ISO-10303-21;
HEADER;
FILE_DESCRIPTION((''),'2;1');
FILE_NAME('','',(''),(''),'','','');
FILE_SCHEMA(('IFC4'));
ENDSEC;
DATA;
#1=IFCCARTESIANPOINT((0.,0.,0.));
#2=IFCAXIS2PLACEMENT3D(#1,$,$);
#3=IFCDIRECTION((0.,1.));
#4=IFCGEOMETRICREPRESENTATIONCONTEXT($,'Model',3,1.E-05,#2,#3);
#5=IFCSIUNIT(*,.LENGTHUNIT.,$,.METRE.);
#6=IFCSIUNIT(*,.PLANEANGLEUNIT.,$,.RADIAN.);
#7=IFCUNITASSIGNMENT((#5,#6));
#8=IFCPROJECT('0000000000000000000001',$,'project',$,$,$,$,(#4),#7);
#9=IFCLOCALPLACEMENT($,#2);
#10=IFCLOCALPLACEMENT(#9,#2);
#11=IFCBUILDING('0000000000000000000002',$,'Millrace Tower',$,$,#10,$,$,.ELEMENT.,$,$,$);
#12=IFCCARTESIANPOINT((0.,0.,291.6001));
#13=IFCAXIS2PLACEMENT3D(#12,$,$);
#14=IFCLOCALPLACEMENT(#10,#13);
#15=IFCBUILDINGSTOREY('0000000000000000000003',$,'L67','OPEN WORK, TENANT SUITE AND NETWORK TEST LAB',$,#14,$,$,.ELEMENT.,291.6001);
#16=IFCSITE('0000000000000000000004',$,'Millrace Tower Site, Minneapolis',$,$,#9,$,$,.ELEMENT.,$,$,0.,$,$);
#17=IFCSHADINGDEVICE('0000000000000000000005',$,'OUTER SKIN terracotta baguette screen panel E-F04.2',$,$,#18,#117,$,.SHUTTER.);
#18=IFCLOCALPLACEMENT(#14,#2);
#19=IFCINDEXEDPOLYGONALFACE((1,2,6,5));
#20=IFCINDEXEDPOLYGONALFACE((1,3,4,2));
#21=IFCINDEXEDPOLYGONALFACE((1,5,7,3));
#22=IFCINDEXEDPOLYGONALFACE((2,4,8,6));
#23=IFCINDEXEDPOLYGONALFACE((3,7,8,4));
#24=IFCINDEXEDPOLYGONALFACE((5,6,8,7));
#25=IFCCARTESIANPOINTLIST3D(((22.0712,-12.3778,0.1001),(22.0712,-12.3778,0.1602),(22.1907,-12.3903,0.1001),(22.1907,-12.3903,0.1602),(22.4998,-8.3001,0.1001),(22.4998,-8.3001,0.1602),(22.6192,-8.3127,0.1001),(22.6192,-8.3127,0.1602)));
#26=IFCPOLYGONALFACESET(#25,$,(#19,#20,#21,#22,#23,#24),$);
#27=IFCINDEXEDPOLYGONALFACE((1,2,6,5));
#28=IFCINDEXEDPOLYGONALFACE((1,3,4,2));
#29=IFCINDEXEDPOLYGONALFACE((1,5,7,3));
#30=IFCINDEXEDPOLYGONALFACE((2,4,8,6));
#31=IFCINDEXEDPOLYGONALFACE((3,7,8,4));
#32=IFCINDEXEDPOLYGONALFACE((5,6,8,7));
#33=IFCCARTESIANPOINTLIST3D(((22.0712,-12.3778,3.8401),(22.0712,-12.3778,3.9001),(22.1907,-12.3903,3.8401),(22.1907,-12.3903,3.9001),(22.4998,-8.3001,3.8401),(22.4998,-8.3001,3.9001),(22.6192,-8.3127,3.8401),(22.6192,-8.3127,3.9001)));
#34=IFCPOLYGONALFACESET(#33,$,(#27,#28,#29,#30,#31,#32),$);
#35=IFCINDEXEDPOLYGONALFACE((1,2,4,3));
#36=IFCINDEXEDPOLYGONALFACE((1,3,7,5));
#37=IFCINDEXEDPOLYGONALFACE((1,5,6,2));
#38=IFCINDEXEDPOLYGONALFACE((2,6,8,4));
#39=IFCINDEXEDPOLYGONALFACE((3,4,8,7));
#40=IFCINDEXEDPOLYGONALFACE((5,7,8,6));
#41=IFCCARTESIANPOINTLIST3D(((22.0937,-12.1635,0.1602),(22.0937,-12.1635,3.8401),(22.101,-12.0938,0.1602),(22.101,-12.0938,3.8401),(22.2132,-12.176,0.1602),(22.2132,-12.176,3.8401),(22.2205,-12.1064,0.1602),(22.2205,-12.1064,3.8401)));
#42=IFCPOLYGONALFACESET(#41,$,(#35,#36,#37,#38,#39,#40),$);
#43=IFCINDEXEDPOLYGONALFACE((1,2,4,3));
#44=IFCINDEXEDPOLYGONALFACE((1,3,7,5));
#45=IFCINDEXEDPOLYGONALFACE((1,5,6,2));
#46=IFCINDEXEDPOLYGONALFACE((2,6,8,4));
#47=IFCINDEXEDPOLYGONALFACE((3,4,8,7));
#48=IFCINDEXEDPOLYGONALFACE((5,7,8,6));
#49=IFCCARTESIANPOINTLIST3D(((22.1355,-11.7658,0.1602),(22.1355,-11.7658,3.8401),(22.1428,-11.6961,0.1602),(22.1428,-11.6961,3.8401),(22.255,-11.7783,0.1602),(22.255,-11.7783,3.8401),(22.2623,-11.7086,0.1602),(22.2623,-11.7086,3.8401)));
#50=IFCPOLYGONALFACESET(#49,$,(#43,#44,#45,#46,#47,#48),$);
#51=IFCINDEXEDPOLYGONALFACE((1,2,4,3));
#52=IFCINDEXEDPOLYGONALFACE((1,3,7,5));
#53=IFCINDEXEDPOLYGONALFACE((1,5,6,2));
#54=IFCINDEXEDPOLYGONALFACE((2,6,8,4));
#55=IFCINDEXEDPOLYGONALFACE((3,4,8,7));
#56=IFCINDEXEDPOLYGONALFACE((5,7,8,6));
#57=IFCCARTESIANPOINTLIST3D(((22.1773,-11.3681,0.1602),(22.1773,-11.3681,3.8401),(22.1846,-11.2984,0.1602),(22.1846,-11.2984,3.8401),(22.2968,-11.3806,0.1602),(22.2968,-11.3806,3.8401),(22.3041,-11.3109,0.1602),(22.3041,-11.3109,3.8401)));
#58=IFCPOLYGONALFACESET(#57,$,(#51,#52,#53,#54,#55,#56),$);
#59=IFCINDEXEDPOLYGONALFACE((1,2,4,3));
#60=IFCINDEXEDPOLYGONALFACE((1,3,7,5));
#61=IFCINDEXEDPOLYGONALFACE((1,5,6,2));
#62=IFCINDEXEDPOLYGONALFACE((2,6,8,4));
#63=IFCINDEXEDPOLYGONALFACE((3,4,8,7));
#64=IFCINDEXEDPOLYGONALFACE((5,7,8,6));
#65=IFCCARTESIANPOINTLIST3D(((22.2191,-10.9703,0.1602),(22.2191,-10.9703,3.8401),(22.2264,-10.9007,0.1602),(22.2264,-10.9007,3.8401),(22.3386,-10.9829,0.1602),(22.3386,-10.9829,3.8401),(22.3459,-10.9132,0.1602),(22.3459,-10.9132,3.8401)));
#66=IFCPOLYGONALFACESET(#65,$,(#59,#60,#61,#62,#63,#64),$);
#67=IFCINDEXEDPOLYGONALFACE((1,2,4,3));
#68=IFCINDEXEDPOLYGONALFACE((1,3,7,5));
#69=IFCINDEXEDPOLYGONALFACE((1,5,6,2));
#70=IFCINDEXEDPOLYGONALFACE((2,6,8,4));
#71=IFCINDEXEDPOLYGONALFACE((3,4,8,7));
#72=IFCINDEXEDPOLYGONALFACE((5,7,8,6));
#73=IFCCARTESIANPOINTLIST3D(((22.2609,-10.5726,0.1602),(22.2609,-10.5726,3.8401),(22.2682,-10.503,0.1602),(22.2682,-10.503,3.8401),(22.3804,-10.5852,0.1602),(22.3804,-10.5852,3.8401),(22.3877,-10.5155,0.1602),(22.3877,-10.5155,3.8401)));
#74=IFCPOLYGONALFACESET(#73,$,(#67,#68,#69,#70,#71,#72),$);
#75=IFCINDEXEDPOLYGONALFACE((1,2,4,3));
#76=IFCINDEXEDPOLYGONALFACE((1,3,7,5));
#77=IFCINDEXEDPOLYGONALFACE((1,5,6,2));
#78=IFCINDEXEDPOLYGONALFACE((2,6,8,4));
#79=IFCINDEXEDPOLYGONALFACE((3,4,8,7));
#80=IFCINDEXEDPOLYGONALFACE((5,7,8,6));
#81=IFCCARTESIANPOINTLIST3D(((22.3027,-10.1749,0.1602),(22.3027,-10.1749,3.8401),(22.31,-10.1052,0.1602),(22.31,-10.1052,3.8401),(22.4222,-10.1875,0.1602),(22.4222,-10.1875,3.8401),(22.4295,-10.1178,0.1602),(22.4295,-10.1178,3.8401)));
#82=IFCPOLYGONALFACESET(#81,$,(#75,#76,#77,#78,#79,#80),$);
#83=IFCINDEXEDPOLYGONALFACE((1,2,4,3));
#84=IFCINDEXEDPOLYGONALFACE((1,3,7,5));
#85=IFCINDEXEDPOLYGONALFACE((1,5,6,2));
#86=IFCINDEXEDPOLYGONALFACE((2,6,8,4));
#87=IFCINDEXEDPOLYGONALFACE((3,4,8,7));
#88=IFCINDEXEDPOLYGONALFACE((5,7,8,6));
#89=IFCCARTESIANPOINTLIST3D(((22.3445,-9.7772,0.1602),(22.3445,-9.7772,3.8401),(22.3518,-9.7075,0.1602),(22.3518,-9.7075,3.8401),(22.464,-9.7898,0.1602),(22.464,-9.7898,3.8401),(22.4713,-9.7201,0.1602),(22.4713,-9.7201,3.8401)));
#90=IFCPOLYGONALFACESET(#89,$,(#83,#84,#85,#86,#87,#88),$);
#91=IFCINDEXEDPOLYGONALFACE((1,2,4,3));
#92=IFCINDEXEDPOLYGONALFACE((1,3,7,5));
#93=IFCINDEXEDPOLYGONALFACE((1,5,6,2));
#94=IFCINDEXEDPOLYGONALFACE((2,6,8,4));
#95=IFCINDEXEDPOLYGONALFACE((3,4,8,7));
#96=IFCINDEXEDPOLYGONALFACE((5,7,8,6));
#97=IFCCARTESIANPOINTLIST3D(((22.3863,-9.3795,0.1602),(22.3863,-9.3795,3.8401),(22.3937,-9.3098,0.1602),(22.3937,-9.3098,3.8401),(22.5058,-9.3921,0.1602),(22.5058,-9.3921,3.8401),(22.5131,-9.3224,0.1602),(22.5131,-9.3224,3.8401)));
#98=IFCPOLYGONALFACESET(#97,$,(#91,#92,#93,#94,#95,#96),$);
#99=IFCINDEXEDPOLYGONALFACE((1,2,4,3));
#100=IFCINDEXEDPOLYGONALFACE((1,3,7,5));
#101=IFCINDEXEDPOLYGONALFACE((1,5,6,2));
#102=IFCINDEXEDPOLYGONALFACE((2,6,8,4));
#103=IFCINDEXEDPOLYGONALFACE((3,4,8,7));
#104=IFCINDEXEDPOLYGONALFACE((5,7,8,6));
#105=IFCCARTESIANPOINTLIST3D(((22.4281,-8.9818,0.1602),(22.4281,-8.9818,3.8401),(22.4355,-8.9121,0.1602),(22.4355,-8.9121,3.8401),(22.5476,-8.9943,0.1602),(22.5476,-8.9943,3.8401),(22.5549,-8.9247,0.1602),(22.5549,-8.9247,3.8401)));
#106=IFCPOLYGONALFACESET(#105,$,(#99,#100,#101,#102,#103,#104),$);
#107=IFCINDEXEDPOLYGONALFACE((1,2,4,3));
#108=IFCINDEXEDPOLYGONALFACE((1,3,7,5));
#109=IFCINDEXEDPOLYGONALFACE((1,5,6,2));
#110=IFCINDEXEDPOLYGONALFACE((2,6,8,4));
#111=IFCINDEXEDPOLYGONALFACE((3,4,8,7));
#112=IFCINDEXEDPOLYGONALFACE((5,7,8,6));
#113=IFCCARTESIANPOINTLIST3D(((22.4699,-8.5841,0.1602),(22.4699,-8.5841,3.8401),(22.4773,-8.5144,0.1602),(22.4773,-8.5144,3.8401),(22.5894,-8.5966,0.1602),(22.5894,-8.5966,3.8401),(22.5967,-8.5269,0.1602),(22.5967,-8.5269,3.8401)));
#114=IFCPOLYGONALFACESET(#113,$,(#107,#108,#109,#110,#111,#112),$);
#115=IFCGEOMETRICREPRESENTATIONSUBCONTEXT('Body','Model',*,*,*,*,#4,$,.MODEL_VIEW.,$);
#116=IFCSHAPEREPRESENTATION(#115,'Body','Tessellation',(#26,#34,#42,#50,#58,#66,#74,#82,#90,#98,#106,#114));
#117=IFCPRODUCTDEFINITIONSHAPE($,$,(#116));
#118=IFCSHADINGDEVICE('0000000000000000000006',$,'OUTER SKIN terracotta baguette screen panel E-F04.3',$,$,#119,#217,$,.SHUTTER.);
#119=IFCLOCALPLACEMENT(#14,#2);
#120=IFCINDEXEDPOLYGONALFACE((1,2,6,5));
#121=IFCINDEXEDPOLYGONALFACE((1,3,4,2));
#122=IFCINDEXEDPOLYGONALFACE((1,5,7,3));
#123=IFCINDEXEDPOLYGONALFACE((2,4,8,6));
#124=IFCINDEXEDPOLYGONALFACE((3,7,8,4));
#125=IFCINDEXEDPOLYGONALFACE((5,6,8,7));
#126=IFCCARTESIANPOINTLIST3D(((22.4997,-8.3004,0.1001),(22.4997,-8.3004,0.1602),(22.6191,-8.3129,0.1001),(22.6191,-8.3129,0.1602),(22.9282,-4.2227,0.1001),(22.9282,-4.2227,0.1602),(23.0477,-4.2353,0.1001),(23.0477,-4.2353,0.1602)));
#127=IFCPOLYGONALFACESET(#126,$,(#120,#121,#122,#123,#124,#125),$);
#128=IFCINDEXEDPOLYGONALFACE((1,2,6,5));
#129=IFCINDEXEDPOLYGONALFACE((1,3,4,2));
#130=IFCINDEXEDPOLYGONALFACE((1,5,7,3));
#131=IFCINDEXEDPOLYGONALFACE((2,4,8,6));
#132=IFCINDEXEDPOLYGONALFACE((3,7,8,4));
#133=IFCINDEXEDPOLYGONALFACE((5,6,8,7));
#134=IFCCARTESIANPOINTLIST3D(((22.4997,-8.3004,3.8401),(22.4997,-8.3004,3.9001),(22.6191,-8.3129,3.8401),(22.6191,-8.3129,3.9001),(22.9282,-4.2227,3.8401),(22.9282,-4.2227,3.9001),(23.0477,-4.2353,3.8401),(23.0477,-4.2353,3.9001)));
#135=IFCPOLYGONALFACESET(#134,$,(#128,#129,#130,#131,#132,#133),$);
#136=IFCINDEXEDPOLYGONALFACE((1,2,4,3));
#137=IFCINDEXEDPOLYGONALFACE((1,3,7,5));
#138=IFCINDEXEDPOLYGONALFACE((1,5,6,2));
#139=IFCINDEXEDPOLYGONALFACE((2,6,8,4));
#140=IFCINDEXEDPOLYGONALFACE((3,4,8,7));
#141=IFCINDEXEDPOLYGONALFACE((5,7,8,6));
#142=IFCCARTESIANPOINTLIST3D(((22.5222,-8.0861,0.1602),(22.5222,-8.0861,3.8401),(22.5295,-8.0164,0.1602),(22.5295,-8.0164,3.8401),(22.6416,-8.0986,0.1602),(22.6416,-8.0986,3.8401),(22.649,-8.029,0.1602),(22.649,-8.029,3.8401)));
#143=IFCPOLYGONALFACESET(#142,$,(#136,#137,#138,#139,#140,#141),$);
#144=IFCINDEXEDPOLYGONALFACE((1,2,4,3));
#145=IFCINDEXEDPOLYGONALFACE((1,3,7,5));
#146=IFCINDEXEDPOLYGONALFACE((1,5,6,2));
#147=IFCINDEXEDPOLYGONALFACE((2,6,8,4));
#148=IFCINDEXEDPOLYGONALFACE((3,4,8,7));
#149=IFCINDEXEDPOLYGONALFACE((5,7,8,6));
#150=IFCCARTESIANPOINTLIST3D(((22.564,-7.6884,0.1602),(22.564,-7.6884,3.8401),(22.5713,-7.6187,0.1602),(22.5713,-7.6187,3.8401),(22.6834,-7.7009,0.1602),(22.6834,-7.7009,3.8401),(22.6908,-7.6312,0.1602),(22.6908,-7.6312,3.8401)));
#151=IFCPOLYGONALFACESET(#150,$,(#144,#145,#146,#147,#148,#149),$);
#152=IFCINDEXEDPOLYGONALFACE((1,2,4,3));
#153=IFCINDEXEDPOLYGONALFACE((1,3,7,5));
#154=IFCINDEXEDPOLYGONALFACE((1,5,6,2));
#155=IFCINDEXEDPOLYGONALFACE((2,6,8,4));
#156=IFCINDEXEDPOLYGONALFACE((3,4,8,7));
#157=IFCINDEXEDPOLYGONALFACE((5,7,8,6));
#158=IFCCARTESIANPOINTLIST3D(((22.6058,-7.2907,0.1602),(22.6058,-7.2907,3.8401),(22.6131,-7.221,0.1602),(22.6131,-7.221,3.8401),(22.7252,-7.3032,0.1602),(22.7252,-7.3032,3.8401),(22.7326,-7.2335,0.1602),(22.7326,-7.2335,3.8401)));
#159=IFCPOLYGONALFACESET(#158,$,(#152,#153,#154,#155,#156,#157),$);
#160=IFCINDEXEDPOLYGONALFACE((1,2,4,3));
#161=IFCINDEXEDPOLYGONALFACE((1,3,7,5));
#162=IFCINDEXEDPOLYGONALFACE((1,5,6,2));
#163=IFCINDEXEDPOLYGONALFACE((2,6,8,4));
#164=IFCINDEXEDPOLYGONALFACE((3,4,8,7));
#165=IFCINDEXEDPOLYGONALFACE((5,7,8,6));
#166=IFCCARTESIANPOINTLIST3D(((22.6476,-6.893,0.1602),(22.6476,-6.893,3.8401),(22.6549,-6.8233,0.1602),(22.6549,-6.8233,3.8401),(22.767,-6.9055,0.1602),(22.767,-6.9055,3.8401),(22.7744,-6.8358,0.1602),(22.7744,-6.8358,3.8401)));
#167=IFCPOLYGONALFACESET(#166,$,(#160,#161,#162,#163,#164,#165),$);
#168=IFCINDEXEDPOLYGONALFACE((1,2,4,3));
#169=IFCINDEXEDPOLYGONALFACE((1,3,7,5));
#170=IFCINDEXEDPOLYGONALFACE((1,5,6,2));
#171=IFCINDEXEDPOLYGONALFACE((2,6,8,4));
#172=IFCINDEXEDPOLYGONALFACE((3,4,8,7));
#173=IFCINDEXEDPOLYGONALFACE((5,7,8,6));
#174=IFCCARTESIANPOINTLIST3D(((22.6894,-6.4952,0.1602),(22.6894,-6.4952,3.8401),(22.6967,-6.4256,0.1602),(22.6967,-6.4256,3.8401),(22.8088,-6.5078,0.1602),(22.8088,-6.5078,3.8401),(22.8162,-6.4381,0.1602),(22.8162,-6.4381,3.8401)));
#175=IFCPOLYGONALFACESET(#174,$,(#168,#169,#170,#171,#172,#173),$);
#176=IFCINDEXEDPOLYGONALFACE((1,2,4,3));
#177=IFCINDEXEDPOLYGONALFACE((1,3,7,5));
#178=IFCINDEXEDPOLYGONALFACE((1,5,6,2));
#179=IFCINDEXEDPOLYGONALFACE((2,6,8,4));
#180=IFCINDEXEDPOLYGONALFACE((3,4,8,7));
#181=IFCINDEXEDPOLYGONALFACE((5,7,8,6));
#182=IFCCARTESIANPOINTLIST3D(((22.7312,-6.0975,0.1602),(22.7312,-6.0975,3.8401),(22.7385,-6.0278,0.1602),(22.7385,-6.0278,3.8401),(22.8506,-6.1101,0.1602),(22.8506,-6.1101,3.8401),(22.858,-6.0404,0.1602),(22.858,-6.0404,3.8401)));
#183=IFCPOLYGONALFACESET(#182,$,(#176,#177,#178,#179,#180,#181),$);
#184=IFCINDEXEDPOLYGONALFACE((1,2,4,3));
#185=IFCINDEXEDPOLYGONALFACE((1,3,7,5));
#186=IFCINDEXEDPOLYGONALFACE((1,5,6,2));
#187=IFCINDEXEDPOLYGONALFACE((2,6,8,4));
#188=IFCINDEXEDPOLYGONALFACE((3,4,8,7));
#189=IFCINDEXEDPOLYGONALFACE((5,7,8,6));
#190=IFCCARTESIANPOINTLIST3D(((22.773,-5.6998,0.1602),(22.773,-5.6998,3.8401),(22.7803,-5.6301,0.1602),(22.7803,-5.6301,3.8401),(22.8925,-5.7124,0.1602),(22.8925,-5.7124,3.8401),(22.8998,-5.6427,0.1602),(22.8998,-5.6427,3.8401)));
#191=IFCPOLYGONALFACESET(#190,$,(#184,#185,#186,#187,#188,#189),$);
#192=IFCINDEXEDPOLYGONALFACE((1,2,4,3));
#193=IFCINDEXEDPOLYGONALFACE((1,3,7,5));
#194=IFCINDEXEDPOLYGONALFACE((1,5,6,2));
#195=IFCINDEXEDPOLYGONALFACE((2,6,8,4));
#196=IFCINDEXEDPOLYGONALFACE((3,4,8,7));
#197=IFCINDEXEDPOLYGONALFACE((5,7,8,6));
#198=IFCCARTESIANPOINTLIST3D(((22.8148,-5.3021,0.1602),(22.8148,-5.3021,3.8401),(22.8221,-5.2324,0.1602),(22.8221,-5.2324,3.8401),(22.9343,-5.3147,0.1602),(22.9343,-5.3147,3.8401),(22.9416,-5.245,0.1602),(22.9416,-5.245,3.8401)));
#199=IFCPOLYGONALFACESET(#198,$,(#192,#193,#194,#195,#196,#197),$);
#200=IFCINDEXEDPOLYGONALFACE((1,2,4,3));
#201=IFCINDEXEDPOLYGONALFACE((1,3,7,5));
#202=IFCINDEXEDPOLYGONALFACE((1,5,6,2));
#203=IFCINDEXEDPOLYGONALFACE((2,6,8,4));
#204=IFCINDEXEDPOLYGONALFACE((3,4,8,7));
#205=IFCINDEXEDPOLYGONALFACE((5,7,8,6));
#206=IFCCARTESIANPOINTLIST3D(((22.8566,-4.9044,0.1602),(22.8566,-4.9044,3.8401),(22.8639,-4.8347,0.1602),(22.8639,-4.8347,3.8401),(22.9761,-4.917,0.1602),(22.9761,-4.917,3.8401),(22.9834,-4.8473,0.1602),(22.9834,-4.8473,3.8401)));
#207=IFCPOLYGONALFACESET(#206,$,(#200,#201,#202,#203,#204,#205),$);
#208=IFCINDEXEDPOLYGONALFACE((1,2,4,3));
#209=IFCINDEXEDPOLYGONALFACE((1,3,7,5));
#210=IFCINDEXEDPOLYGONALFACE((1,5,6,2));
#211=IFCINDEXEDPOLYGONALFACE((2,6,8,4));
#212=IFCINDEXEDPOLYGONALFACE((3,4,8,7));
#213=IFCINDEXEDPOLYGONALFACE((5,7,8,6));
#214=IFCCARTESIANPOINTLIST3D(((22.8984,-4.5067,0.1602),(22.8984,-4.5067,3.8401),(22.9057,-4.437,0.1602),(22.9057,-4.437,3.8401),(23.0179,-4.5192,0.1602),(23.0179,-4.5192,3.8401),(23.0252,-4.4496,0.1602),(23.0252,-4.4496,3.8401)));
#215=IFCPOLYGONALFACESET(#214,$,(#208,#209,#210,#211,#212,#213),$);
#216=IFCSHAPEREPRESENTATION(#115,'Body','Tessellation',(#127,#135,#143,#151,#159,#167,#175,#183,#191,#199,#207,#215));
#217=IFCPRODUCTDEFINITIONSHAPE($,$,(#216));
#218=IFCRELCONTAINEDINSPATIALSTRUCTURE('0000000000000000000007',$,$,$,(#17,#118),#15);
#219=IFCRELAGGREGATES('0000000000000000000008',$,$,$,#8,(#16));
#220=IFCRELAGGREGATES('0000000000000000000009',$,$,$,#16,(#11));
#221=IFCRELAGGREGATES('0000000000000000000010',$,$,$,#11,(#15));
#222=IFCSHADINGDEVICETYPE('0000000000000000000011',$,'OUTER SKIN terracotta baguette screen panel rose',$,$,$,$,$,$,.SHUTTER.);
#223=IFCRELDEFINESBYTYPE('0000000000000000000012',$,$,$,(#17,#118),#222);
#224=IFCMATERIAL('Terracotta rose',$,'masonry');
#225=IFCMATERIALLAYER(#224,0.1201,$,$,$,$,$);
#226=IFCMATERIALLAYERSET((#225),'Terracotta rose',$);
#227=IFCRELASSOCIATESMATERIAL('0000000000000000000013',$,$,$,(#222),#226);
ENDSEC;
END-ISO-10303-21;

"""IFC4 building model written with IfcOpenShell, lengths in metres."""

from ifc_helpers import new_model, entity, si_unit, direction, frame, frame_2d, origin, place, context, subcontext, project, spatial, rectangle, extrude, source, transform, mapped, material, layer, layer_set, type_object, element, save


model = new_model("IFC4")

# Units and contexts
model_context = context("Model", 3, precision=1e-05, world=origin(), true_north=direction((0.0, 1.0)))
body_context = subcontext(model_context, "Body", "Model", "MODEL_VIEW")
ifc_project = project(units=[si_unit("LENGTHUNIT", "METRE"), si_unit("PLANEANGLEUNIT", "RADIAN")], contexts=[model_context])

# Site, building, storey
site_placement = place(None, origin())
site = spatial("IfcSite", under=ifc_project, at=site_placement, Name="Millrace Tower Site, Minneapolis", CompositionType="ELEMENT", RefElevation=0.0)
building_placement = place(site_placement, origin())
building = spatial("IfcBuilding", under=site, at=building_placement, Name="Millrace Tower", CompositionType="ELEMENT")
storey_placement = place(building_placement, frame((0.0, 0.0, 291.6001)))
storey = spatial("IfcBuildingStorey", under=building, at=storey_placement, Name="L67", Description="OPEN WORK, TENANT SUITE AND NETWORK TEST LAB", CompositionType="ELEMENT", Elevation=291.6001)

# Shading devices
ifc_material_1 = material(Name="Terracotta rose", Category="masonry")
ifc_layer_1 = layer(ifc_material_1, 0.1201)
ifc_layer_set_1 = layer_set([ifc_layer_1], Name="Terracotta rose")
shading_device_type = type_object("IfcShadingDeviceType", Name="OUTER SKIN terracotta baguette screen panel rose", PredefinedType="SHUTTER", material=ifc_layer_set_1)
cartesian_point = entity("IfcCartesianPoint", [-2.05, 0.0601])
shared_polyline = entity("IfcPolyline", [cartesian_point, entity("IfcCartesianPoint", [2.05, 0.0601]), entity("IfcCartesianPoint", [2.05, -0.0601]), entity("IfcCartesianPoint", [-2.05, -0.0601]), cartesian_point])
shared_shape = source(origin(), body_context, "Body", "SweptSolid", [
    entity("IfcExtrudedAreaSolid", entity("IfcArbitraryClosedProfileDef", "AREA", None, shared_polyline), entity("IfcAxis2Placement3D", entity("IfcCartesianPoint", [0.0, 0.0, 0.0])), entity("IfcDirection", [0.0, 0.0, 1.0]), 0.0601),
    entity("IfcExtrudedAreaSolid", entity("IfcArbitraryClosedProfileDef", "AREA", None, shared_polyline), entity("IfcAxis2Placement3D", entity("IfcCartesianPoint", [0.0, 0.0, 3.74])), entity("IfcDirection", [0.0, 0.0, 1.0]), 0.0601),
    extrude(rectangle(XDim=0.0701, YDim=0.1201, at=frame_2d((-1.7996, 0.0))), frame((0.0, 0.0, 0.0601)), (0.0, 0.0, 1.0), 3.6799),
    extrude(rectangle(XDim=0.0701, YDim=0.1201, at=frame_2d((-1.3997, 0.0))), frame((0.0, 0.0, 0.0601)), (0.0, 0.0, 1.0), 3.6799),
    extrude(rectangle(XDim=0.0701, YDim=0.1201, at=frame_2d((-0.9998, 0.0))), frame((0.0, 0.0, 0.0601)), (0.0, 0.0, 1.0), 3.6799),
    extrude(rectangle(XDim=0.0701, YDim=0.1201, at=frame_2d((-0.5999, 0.0))), frame((0.0, 0.0, 0.0601)), (0.0, 0.0, 1.0), 3.6799),
    extrude(rectangle(XDim=0.0701, YDim=0.1201, at=frame_2d((-0.2, 0.0))), frame((0.0, 0.0, 0.0601)), (0.0, 0.0, 1.0), 3.6799),
    extrude(rectangle(XDim=0.0701, YDim=0.1201, at=frame_2d((0.2, 0.0))), frame((0.0, 0.0, 0.0601)), (0.0, 0.0, 1.0), 3.6799),
    extrude(rectangle(XDim=0.0701, YDim=0.1201, at=frame_2d((0.5999, 0.0))), frame((0.0, 0.0, 0.0601)), (0.0, 0.0, 1.0), 3.6799),
    extrude(rectangle(XDim=0.0701, YDim=0.1201, at=frame_2d((0.9998, 0.0))), frame((0.0, 0.0, 0.0601)), (0.0, 0.0, 1.0), 3.6799),
    extrude(rectangle(XDim=0.0701, YDim=0.1201, at=frame_2d((1.3997, 0.0))), frame((0.0, 0.0, 0.0601)), (0.0, 0.0, 1.0), 3.6799),
    extrude(rectangle(XDim=0.0701, YDim=0.1201, at=frame_2d((1.7996, 0.0))), frame((0.0, 0.0, 0.0601)), (0.0, 0.0, 1.0), 3.6799),
])
for number, where, z_axis, x_axis, name in (
    (1, (22.3452, -10.3452, 0.1001), (0.0, 0.0, 1.0), (0.104528, 0.994522, 0.0), "OUTER SKIN terracotta baguette screen panel E-F04.2"),
    (2, (22.7737, -6.2678, 0.1001), (0.0, 0.0, 1.0), (0.104528, 0.994522, 0.0), "OUTER SKIN terracotta baguette screen panel E-F04.3"),
):
    element("IfcShadingDevice", number, at=place(storey_placement, frame(where, z_axis=z_axis, x_axis=x_axis)), inside=storey, type_object=shading_device_type, Name=name, PredefinedType="SHUTTER", context=body_context, shape_type="MappedRepresentation", body=[
        mapped(shared_shape, transform((0.0, 0.0, 0.0), scale=1.0)),
    ])

save(model, "model.ifc")
